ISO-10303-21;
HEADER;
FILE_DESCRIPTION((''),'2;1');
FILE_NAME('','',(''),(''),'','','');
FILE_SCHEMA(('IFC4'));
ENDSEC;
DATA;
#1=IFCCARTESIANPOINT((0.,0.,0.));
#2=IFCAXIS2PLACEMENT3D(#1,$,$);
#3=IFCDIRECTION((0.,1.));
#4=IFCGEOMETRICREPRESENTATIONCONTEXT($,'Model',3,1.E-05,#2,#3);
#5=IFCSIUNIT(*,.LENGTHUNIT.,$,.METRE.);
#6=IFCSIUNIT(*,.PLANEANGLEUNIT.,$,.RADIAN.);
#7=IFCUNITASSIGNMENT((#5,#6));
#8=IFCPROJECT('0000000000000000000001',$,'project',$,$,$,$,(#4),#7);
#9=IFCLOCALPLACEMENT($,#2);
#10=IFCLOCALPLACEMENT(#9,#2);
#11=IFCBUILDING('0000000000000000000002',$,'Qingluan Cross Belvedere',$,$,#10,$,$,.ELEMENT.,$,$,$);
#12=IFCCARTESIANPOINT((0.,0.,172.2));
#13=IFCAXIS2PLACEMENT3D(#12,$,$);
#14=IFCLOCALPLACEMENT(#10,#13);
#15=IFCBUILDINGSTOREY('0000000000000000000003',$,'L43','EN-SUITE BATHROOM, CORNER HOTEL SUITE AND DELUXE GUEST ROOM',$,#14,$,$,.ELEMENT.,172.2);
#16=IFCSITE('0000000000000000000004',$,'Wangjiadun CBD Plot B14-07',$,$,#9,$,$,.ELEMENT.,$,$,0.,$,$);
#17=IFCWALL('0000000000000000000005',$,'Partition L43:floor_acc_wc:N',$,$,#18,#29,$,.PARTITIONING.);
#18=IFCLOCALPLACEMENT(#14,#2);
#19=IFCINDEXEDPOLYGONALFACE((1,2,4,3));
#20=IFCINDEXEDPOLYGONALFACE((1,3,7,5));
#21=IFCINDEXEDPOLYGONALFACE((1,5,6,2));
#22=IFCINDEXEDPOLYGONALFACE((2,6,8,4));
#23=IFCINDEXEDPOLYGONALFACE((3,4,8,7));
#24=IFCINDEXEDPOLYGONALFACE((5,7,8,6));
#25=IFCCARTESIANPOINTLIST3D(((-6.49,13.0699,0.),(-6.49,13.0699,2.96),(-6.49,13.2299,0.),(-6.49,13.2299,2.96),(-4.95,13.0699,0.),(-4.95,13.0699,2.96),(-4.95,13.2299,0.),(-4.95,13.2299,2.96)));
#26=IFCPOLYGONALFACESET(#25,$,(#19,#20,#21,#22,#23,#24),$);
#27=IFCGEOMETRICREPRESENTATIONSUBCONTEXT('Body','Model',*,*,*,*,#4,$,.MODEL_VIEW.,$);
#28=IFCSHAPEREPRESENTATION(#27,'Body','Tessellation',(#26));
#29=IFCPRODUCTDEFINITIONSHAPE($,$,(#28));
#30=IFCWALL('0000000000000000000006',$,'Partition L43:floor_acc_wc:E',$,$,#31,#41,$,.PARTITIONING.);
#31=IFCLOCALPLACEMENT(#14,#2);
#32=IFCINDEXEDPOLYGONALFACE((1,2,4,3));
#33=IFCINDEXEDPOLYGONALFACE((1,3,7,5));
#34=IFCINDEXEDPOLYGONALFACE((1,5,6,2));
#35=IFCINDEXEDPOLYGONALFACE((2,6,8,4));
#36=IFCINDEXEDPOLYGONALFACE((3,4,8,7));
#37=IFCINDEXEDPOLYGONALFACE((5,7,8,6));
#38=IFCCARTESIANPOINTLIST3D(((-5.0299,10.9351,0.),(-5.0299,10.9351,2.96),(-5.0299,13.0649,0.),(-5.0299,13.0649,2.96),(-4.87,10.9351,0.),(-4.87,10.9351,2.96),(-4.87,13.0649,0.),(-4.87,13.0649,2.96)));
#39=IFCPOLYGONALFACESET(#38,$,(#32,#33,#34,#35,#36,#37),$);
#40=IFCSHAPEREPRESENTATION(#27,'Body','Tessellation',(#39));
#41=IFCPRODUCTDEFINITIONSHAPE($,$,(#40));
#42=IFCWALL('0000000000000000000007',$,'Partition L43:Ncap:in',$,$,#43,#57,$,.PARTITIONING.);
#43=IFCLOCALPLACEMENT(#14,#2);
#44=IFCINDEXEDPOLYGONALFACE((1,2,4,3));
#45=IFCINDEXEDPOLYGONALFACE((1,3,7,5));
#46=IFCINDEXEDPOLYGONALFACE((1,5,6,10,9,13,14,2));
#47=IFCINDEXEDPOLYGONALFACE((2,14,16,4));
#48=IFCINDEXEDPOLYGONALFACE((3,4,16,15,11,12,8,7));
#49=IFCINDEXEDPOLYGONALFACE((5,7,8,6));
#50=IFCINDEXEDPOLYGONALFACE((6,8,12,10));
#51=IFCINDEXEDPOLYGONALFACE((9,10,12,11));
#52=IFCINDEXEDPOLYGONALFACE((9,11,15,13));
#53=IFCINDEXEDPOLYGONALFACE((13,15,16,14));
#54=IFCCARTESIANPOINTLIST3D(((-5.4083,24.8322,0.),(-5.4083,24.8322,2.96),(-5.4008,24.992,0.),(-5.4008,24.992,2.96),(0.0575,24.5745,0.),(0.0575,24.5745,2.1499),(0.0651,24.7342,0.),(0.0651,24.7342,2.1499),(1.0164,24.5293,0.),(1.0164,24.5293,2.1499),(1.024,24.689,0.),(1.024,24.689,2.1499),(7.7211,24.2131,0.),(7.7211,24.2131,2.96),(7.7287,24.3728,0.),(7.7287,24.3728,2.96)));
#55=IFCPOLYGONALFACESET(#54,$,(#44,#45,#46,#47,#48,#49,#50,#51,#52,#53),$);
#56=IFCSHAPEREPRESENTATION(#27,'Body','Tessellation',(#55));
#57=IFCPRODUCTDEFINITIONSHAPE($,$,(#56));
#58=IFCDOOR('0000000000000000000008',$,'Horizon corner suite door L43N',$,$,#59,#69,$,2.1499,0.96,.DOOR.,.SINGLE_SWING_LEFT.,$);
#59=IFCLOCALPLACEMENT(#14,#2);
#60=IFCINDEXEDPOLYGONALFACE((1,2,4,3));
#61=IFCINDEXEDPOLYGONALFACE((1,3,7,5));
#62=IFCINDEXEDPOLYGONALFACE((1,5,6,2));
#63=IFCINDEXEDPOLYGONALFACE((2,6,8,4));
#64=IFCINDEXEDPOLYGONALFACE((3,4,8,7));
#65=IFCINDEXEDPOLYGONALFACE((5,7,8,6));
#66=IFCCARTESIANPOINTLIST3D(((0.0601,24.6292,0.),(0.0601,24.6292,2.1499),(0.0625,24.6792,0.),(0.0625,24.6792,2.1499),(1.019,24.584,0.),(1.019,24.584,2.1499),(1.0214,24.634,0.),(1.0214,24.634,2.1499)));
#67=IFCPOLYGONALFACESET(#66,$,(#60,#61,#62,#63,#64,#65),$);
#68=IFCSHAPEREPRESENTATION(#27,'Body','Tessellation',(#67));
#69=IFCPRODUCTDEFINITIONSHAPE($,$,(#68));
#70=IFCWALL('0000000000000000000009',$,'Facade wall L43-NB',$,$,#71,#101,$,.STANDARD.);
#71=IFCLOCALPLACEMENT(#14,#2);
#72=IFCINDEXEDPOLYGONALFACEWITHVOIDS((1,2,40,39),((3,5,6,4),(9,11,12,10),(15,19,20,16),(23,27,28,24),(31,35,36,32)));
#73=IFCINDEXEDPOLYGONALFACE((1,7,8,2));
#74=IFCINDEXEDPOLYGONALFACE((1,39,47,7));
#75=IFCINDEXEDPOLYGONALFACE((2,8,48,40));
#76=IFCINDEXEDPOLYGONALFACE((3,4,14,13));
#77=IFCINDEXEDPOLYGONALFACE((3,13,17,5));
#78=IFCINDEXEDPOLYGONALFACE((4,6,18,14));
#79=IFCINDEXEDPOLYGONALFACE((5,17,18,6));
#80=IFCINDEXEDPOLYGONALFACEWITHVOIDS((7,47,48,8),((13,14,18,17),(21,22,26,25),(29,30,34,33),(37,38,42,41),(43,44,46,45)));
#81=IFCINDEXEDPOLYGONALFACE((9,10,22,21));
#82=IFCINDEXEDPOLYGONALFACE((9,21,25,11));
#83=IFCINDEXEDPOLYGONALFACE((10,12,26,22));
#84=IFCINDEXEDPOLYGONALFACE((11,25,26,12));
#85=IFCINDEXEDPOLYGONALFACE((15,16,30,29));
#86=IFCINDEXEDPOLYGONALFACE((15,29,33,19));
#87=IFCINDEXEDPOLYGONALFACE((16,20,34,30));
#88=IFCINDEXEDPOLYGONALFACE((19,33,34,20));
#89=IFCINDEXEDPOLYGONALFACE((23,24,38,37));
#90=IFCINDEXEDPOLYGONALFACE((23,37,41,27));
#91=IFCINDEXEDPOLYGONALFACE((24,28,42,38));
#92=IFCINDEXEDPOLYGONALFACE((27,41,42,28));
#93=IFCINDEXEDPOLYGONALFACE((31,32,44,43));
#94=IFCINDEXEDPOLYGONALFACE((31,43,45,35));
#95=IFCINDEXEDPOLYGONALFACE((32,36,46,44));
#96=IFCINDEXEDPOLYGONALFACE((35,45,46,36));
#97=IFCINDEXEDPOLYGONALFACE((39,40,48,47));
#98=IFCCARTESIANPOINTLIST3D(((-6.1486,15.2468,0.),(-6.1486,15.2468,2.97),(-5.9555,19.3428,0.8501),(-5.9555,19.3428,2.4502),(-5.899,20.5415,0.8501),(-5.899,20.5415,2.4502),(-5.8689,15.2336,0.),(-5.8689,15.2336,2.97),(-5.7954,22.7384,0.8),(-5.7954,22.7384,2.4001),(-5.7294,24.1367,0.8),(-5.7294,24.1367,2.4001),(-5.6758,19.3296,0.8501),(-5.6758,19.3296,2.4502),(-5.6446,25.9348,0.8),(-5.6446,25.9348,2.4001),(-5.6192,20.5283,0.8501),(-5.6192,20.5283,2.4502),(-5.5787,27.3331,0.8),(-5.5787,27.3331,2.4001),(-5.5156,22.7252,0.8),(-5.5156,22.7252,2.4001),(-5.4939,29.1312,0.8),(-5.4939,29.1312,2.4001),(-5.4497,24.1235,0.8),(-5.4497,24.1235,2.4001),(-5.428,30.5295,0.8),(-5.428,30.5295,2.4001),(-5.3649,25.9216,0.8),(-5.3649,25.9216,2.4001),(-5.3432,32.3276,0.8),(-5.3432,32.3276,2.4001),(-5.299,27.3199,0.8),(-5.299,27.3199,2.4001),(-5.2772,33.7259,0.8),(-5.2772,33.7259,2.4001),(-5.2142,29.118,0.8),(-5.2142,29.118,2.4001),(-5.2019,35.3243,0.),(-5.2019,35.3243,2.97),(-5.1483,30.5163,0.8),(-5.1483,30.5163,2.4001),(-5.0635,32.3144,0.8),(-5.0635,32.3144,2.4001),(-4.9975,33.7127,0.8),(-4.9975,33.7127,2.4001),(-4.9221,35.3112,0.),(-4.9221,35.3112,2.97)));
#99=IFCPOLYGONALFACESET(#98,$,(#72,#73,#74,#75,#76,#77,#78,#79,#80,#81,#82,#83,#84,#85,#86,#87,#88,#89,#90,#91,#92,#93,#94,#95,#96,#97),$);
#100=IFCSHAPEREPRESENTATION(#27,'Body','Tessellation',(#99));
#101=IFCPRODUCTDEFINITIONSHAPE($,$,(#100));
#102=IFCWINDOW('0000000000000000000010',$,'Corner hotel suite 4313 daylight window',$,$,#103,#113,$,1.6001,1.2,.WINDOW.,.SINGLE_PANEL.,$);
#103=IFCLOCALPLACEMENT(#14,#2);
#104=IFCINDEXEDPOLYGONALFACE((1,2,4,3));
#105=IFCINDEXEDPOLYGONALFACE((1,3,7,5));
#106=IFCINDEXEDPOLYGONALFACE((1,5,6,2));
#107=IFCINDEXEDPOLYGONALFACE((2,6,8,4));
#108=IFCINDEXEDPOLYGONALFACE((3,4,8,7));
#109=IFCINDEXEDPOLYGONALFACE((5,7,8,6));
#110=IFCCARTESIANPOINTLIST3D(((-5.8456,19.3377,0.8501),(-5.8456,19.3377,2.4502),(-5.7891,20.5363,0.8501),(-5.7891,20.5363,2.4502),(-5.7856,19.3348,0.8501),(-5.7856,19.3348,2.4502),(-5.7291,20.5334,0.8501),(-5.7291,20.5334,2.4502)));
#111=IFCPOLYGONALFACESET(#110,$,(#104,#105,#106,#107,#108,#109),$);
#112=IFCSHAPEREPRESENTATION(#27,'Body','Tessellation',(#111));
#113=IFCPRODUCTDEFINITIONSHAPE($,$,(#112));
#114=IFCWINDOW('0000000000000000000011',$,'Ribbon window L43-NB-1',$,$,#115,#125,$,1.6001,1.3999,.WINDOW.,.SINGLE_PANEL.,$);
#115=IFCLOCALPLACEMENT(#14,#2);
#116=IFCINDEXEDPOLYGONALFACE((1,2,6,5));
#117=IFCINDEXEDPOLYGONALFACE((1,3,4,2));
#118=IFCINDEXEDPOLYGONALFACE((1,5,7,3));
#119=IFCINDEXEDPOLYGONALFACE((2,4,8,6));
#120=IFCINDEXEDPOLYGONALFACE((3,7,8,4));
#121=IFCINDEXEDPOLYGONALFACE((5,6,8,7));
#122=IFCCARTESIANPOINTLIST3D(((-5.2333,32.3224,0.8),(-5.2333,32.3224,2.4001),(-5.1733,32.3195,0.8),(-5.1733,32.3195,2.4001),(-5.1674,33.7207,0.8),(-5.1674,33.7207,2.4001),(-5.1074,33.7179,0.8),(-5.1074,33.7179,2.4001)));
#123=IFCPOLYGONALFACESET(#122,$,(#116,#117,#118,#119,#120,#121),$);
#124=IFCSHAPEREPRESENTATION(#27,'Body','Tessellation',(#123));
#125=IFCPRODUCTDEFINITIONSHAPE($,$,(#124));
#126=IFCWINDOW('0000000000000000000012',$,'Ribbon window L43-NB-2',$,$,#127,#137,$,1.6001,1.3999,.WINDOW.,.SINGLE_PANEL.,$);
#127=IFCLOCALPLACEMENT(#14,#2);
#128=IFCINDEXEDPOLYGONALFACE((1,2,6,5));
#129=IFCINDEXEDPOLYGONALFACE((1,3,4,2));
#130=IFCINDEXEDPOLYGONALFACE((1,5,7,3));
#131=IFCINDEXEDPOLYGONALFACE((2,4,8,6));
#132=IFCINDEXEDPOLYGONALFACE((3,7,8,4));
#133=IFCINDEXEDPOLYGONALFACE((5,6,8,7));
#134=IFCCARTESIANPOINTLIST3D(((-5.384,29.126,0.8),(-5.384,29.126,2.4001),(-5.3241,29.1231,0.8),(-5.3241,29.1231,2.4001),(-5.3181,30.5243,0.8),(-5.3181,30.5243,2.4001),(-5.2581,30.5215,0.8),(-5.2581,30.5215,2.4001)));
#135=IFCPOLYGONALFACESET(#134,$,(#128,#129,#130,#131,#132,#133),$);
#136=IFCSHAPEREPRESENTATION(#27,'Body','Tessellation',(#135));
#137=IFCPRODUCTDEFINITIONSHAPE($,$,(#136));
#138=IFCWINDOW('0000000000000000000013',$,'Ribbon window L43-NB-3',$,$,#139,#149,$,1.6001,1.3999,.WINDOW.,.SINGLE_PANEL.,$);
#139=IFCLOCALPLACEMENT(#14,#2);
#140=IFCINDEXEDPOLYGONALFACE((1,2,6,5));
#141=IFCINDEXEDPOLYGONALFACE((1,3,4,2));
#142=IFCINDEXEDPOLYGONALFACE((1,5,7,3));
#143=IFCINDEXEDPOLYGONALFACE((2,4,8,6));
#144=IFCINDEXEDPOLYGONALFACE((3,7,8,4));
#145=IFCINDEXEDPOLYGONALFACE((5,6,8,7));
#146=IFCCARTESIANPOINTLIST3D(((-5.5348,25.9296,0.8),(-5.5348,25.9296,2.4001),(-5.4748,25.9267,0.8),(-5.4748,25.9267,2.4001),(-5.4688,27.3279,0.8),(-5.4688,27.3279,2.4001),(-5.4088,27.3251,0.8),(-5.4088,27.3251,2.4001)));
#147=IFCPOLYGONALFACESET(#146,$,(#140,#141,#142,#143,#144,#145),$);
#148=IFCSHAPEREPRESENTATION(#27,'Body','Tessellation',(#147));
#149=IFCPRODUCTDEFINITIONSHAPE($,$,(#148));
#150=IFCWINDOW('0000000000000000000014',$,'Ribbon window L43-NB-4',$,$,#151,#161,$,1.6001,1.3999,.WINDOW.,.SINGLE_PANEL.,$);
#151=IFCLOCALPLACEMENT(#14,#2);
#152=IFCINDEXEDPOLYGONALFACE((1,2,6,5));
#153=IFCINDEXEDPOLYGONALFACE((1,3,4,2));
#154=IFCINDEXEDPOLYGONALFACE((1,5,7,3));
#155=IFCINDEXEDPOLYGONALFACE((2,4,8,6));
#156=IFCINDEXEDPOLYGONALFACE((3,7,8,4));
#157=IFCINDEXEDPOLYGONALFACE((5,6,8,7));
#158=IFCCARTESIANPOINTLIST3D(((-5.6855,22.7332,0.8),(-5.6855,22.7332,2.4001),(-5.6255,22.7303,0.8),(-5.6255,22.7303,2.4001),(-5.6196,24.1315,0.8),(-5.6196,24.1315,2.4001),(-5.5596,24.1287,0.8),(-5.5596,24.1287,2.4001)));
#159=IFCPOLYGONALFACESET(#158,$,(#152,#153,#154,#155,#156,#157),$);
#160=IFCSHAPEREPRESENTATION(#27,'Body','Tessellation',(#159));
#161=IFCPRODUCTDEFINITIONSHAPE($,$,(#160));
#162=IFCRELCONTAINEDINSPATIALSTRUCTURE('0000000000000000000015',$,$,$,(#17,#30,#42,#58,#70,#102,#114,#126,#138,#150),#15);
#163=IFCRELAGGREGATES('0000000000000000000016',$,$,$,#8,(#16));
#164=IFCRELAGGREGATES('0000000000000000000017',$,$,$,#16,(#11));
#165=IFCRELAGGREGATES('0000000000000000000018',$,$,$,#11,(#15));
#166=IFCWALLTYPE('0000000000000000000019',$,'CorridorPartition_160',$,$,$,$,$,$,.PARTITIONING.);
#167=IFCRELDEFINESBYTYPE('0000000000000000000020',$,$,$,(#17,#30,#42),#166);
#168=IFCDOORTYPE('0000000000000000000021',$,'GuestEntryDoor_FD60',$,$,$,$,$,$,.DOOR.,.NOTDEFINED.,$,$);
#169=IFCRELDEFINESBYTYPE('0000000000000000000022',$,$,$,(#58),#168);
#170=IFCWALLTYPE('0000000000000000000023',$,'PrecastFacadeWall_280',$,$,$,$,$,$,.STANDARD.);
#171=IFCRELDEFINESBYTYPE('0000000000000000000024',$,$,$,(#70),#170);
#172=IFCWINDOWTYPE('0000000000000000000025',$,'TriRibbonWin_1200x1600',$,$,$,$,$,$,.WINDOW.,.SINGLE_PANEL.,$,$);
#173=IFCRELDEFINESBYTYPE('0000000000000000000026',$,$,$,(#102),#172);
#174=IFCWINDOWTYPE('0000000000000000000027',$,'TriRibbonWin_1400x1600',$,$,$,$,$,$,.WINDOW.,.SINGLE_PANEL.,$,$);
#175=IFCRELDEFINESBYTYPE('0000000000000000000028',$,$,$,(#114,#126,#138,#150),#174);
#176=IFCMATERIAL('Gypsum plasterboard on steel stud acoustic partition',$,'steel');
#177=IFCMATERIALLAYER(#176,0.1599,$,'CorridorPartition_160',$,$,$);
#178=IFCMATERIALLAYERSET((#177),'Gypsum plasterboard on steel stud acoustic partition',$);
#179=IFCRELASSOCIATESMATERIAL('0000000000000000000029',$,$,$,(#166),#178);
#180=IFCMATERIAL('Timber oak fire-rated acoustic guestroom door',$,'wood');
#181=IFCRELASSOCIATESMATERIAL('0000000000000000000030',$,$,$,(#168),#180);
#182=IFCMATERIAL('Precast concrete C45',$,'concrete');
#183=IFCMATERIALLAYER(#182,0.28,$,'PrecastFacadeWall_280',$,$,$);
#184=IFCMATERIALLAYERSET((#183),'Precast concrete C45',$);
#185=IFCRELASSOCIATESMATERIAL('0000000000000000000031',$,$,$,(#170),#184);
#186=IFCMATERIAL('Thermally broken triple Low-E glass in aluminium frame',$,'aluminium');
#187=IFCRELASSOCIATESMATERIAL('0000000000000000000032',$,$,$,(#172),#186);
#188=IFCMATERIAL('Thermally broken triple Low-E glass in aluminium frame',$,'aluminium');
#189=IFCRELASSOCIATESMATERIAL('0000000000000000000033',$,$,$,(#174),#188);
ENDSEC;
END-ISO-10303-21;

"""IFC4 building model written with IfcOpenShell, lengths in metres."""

from ifc_helpers import new_model, si_unit, direction, frame, frame_2d, origin, place, context, subcontext, project, spatial, rectangle, extrude, material, layer, layer_set, type_object, element, fill, save


model = new_model("IFC4")

# Units and contexts
model_context = context("Model", 3, precision=1e-05, world=origin(), true_north=direction((0.0, 1.0)))
body_context = subcontext(model_context, "Body", "Model", "MODEL_VIEW")
ifc_project = project(units=[si_unit("LENGTHUNIT", "METRE"), si_unit("PLANEANGLEUNIT", "RADIAN")], contexts=[model_context])

# Site, building, storey
site_placement = place(None, origin())
site = spatial("IfcSite", under=ifc_project, at=site_placement, Name="Wangjiadun CBD Plot B14-07", CompositionType="ELEMENT", RefElevation=0.0)
building_placement = place(site_placement, origin())
building = spatial("IfcBuilding", under=site, at=building_placement, Name="Qingluan Cross Belvedere", CompositionType="ELEMENT")
storey_placement = place(building_placement, frame((0.0, 0.0, 172.2)))
storey = spatial("IfcBuildingStorey", under=building, at=storey_placement, Name="L43", Description="EN-SUITE BATHROOM, CORNER HOTEL SUITE AND DELUXE GUEST ROOM", CompositionType="ELEMENT", Elevation=172.2)

# Shared definitions
ifc_material_1 = material(Name="Gypsum plasterboard on steel stud acoustic partition", Category="steel")
ifc_layer_1 = layer(ifc_material_1, 0.1599, Name="CorridorPartition_160")
ifc_layer_set_1 = layer_set([ifc_layer_1], Name="Gypsum plasterboard on steel stud acoustic partition")
wall_type_1 = type_object("IfcWallType", Name="CorridorPartition_160", PredefinedType="PARTITIONING", material=ifc_layer_set_1)

# Walls
wall_1_placement = place(storey_placement, frame((-6.49, 13.1499, 0.0), z_axis=(0.0, 0.0, 1.0), x_axis=(1.0, 0.0, 0.0)))
element("IfcWall", 1, at=wall_1_placement, inside=storey, type_object=wall_type_1, Name="Partition L43:floor_acc_wc:N", PredefinedType="PARTITIONING", context=body_context, shape_type="SweptSolid", body=[
    extrude(rectangle(XDim=1.54, YDim=0.1599, at=frame_2d((0.77, 0.0))), origin(), (0.0, 0.0, 1.0), 2.96),
])
wall_2_placement = place(storey_placement, frame((-4.95, 10.9351, 0.0), z_axis=(0.0, 0.0, 1.0), x_axis=(0.0, 1.0, 0.0)))
element("IfcWall", 2, at=wall_2_placement, inside=storey, type_object=wall_type_1, Name="Partition L43:floor_acc_wc:E", PredefinedType="PARTITIONING", context=body_context, shape_type="SweptSolid", body=[
    extrude(rectangle(XDim=2.1299, YDim=0.1599, at=frame_2d((1.0649, 0.0))), origin(), (0.0, 0.0, 1.0), 2.96),
])

# Wall, opening, door
wall_3_placement = place(storey_placement, frame((-5.4045, 24.9121, 0.0), z_axis=(0.0, 0.0, 1.0), x_axis=(0.99889, -0.047104, 0.0)))
wall_3 = element("IfcWall", 3, at=wall_3_placement, inside=storey, type_object=wall_type_1, Name="Partition L43:Ncap:in", PredefinedType="PARTITIONING", context=body_context, shape_type="SweptSolid", body=[
    extrude(rectangle(XDim=13.144, YDim=0.1599, at=frame_2d((6.572, 0.0))), origin(), (0.0, 0.0, 1.0), 2.96),
])
opening_1_placement = place(wall_3_placement, frame((5.4719, 0.0, 0.0)))
opening_1 = element("IfcOpeningElement", 4, at=opening_1_placement, cuts=wall_3, PredefinedType="OPENING", context=body_context, shape_type="SweptSolid", body=[
    extrude(rectangle(XDim=0.96, YDim=2.1499, at=frame_2d((0.48, 1.075))), frame((0.0, 0.0898, 0.0), z_axis=(0.0, -1.0, 0.0), x_axis=(1.0, 0.0, 0.0)), (0.0, 0.0, 1.0), 0.1799),
])
ifc_material_2 = material(Name="Timber oak fire-rated acoustic guestroom door", Category="wood")
door_type_1 = type_object("IfcDoorType", Name="GuestEntryDoor_FD60", OperationType="NOTDEFINED", PredefinedType="DOOR", material=ifc_material_2)
door_1_placement = place(opening_1_placement, origin())
door_1 = element("IfcDoor", 5, at=door_1_placement, inside=storey, type_object=door_type_1, Name="Horizon corner suite door L43N", OperationType="SINGLE_SWING_LEFT", OverallHeight=2.1499, OverallWidth=0.96, PredefinedType="DOOR", context=body_context, shape_type="SweptSolid", body=[
    extrude(rectangle(XDim=0.96, YDim=2.1499, at=frame_2d((0.48, 1.075))), frame((0.0, 0.0249, 0.0), z_axis=(0.0, -1.0, 0.0), x_axis=(1.0, 0.0, 0.0)), (0.0, 0.0, 1.0), 0.05),
])
fill(opening_1, door_1)

# Wall, openings, windows
ifc_material_3 = material(Name="Precast concrete C45", Category="concrete")
ifc_layer_2 = layer(ifc_material_3, 0.28, Name="PrecastFacadeWall_280")
ifc_layer_set_2 = layer_set([ifc_layer_2], Name="Precast concrete C45")
wall_type_2 = type_object("IfcWallType", Name="PrecastFacadeWall_280", PredefinedType="STANDARD", material=ifc_layer_set_2)
wall_4_placement = place(storey_placement, frame((-5.062, 35.3176, 0.0), z_axis=(0.0, 0.0, 1.0), x_axis=(-0.047103, -0.99889, 0.0)))
wall_4 = element("IfcWall", 6, at=wall_4_placement, inside=storey, type_object=wall_type_2, Name="Facade wall L43-NB", PredefinedType="STANDARD", context=body_context, shape_type="SweptSolid", body=[
    extrude(rectangle(XDim=20.0999, YDim=0.28, at=frame_2d((10.0498, 0.0))), origin(), (0.0, 0.0, 1.0), 2.97),
])
opening_2_placement = place(wall_4_placement, frame((1.6001, 0.0, 0.8)))
opening_2 = element("IfcOpeningElement", 7, at=opening_2_placement, cuts=wall_4, PredefinedType="OPENING", context=body_context, shape_type="SweptSolid", body=[
    extrude(rectangle(XDim=1.3999, YDim=1.6001, at=frame_2d((0.7, 0.8))), frame((0.0, 0.1499, 0.0), z_axis=(0.0, -1.0, 0.0), x_axis=(1.0, 0.0, 0.0)), (0.0, 0.0, 1.0), 0.3),
])
opening_3_placement = place(wall_4_placement, frame((4.8, 0.0, 0.8)))
opening_3 = element("IfcOpeningElement", 8, at=opening_3_placement, cuts=wall_4, PredefinedType="OPENING", context=body_context, shape_type="SweptSolid", body=[
    extrude(rectangle(XDim=1.3999, YDim=1.6001, at=frame_2d((0.7, 0.8))), frame((0.0, 0.1499, 0.0), z_axis=(0.0, -1.0, 0.0), x_axis=(1.0, 0.0, 0.0)), (0.0, 0.0, 1.0), 0.3),
])
opening_4_placement = place(wall_4_placement, frame((8.0, 0.0, 0.8)))
opening_4 = element("IfcOpeningElement", 9, at=opening_4_placement, cuts=wall_4, PredefinedType="OPENING", context=body_context, shape_type="SweptSolid", body=[
    extrude(rectangle(XDim=1.3999, YDim=1.6001, at=frame_2d((0.7, 0.8))), frame((0.0, 0.1499, 0.0), z_axis=(0.0, -1.0, 0.0), x_axis=(1.0, 0.0, 0.0)), (0.0, 0.0, 1.0), 0.3),
])
opening_5_placement = place(wall_4_placement, frame((11.2, 0.0, 0.8)))
opening_5 = element("IfcOpeningElement", 10, at=opening_5_placement, cuts=wall_4, PredefinedType="OPENING", context=body_context, shape_type="SweptSolid", body=[
    extrude(rectangle(XDim=1.3999, YDim=1.6001, at=frame_2d((0.7, 0.8))), frame((0.0, 0.1499, 0.0), z_axis=(0.0, -1.0, 0.0), x_axis=(1.0, 0.0, 0.0)), (0.0, 0.0, 1.0), 0.3),
])
opening_6_placement = place(wall_4_placement, frame((14.7991, 0.0, 0.8501)))
opening_6 = element("IfcOpeningElement", 11, at=opening_6_placement, cuts=wall_4, PredefinedType="OPENING", context=body_context, shape_type="SweptSolid", body=[
    extrude(rectangle(XDim=1.2, YDim=1.6001, at=frame_2d((0.6001, 0.8))), frame((0.0, 0.1499, 0.0), z_axis=(0.0, -1.0, 0.0), x_axis=(1.0, 0.0, 0.0)), (0.0, 0.0, 1.0), 0.3),
])
ifc_material_4 = material(Name="Thermally broken triple Low-E glass in aluminium frame", Category="aluminium")
window_type_1 = type_object("IfcWindowType", Name="TriRibbonWin_1200x1600", PartitioningType="SINGLE_PANEL", PredefinedType="WINDOW", material=ifc_material_4)
window_1_placement = place(opening_6_placement, origin())
window_1 = element("IfcWindow", 12, at=window_1_placement, inside=storey, type_object=window_type_1, Name="Corner hotel suite 4313 daylight window", OverallHeight=1.6001, OverallWidth=1.2, PartitioningType="SINGLE_PANEL", PredefinedType="WINDOW", context=body_context, shape_type="SweptSolid", body=[
    extrude(rectangle(XDim=1.2, YDim=1.6001, at=frame_2d((0.6001, 0.8))), frame((0.0, 0.03, 0.0), z_axis=(0.0, -1.0, 0.0), x_axis=(1.0, 0.0, 0.0)), (0.0, 0.0, 1.0), 0.0601),
])
fill(opening_6, window_1)
ifc_material_5 = material(Name="Thermally broken triple Low-E glass in aluminium frame", Category="aluminium")
window_type_2 = type_object("IfcWindowType", Name="TriRibbonWin_1400x1600", PartitioningType="SINGLE_PANEL", PredefinedType="WINDOW", material=ifc_material_5)
window_2_placement = place(opening_2_placement, origin())
window_2 = element("IfcWindow", 13, at=window_2_placement, inside=storey, type_object=window_type_2, Name="Ribbon window L43-NB-1", OverallHeight=1.6001, OverallWidth=1.3999, PartitioningType="SINGLE_PANEL", PredefinedType="WINDOW", context=body_context, shape_type="SweptSolid", body=[
    extrude(rectangle(XDim=1.3999, YDim=1.6001, at=frame_2d((0.7, 0.8))), frame((0.0, 0.03, 0.0), z_axis=(0.0, -1.0, 0.0), x_axis=(1.0, 0.0, 0.0)), (0.0, 0.0, 1.0), 0.0601),
])
fill(opening_2, window_2)
window_3_placement = place(opening_3_placement, origin())
window_3 = element("IfcWindow", 14, at=window_3_placement, inside=storey, type_object=window_type_2, Name="Ribbon window L43-NB-2", OverallHeight=1.6001, OverallWidth=1.3999, PartitioningType="SINGLE_PANEL", PredefinedType="WINDOW", context=body_context, shape_type="SweptSolid", body=[
    extrude(rectangle(XDim=1.3999, YDim=1.6001, at=frame_2d((0.7, 0.8))), frame((0.0, 0.03, 0.0), z_axis=(0.0, -1.0, 0.0), x_axis=(1.0, 0.0, 0.0)), (0.0, 0.0, 1.0), 0.0601),
])
fill(opening_3, window_3)
window_4_placement = place(opening_4_placement, origin())
window_4 = element("IfcWindow", 15, at=window_4_placement, inside=storey, type_object=window_type_2, Name="Ribbon window L43-NB-3", OverallHeight=1.6001, OverallWidth=1.3999, PartitioningType="SINGLE_PANEL", PredefinedType="WINDOW", context=body_context, shape_type="SweptSolid", body=[
    extrude(rectangle(XDim=1.3999, YDim=1.6001, at=frame_2d((0.7, 0.8))), frame((0.0, 0.03, 0.0), z_axis=(0.0, -1.0, 0.0), x_axis=(1.0, 0.0, 0.0)), (0.0, 0.0, 1.0), 0.0601),
])
fill(opening_4, window_4)
window_5_placement = place(opening_5_placement, origin())
window_5 = element("IfcWindow", 16, at=window_5_placement, inside=storey, type_object=window_type_2, Name="Ribbon window L43-NB-4", OverallHeight=1.6001, OverallWidth=1.3999, PartitioningType="SINGLE_PANEL", PredefinedType="WINDOW", context=body_context, shape_type="SweptSolid", body=[
    extrude(rectangle(XDim=1.3999, YDim=1.6001, at=frame_2d((0.7, 0.8))), frame((0.0, 0.03, 0.0), z_axis=(0.0, -1.0, 0.0), x_axis=(1.0, 0.0, 0.0)), (0.0, 0.0, 1.0), 0.0601),
])
fill(opening_5, window_5)

save(model, "model.ifc")
